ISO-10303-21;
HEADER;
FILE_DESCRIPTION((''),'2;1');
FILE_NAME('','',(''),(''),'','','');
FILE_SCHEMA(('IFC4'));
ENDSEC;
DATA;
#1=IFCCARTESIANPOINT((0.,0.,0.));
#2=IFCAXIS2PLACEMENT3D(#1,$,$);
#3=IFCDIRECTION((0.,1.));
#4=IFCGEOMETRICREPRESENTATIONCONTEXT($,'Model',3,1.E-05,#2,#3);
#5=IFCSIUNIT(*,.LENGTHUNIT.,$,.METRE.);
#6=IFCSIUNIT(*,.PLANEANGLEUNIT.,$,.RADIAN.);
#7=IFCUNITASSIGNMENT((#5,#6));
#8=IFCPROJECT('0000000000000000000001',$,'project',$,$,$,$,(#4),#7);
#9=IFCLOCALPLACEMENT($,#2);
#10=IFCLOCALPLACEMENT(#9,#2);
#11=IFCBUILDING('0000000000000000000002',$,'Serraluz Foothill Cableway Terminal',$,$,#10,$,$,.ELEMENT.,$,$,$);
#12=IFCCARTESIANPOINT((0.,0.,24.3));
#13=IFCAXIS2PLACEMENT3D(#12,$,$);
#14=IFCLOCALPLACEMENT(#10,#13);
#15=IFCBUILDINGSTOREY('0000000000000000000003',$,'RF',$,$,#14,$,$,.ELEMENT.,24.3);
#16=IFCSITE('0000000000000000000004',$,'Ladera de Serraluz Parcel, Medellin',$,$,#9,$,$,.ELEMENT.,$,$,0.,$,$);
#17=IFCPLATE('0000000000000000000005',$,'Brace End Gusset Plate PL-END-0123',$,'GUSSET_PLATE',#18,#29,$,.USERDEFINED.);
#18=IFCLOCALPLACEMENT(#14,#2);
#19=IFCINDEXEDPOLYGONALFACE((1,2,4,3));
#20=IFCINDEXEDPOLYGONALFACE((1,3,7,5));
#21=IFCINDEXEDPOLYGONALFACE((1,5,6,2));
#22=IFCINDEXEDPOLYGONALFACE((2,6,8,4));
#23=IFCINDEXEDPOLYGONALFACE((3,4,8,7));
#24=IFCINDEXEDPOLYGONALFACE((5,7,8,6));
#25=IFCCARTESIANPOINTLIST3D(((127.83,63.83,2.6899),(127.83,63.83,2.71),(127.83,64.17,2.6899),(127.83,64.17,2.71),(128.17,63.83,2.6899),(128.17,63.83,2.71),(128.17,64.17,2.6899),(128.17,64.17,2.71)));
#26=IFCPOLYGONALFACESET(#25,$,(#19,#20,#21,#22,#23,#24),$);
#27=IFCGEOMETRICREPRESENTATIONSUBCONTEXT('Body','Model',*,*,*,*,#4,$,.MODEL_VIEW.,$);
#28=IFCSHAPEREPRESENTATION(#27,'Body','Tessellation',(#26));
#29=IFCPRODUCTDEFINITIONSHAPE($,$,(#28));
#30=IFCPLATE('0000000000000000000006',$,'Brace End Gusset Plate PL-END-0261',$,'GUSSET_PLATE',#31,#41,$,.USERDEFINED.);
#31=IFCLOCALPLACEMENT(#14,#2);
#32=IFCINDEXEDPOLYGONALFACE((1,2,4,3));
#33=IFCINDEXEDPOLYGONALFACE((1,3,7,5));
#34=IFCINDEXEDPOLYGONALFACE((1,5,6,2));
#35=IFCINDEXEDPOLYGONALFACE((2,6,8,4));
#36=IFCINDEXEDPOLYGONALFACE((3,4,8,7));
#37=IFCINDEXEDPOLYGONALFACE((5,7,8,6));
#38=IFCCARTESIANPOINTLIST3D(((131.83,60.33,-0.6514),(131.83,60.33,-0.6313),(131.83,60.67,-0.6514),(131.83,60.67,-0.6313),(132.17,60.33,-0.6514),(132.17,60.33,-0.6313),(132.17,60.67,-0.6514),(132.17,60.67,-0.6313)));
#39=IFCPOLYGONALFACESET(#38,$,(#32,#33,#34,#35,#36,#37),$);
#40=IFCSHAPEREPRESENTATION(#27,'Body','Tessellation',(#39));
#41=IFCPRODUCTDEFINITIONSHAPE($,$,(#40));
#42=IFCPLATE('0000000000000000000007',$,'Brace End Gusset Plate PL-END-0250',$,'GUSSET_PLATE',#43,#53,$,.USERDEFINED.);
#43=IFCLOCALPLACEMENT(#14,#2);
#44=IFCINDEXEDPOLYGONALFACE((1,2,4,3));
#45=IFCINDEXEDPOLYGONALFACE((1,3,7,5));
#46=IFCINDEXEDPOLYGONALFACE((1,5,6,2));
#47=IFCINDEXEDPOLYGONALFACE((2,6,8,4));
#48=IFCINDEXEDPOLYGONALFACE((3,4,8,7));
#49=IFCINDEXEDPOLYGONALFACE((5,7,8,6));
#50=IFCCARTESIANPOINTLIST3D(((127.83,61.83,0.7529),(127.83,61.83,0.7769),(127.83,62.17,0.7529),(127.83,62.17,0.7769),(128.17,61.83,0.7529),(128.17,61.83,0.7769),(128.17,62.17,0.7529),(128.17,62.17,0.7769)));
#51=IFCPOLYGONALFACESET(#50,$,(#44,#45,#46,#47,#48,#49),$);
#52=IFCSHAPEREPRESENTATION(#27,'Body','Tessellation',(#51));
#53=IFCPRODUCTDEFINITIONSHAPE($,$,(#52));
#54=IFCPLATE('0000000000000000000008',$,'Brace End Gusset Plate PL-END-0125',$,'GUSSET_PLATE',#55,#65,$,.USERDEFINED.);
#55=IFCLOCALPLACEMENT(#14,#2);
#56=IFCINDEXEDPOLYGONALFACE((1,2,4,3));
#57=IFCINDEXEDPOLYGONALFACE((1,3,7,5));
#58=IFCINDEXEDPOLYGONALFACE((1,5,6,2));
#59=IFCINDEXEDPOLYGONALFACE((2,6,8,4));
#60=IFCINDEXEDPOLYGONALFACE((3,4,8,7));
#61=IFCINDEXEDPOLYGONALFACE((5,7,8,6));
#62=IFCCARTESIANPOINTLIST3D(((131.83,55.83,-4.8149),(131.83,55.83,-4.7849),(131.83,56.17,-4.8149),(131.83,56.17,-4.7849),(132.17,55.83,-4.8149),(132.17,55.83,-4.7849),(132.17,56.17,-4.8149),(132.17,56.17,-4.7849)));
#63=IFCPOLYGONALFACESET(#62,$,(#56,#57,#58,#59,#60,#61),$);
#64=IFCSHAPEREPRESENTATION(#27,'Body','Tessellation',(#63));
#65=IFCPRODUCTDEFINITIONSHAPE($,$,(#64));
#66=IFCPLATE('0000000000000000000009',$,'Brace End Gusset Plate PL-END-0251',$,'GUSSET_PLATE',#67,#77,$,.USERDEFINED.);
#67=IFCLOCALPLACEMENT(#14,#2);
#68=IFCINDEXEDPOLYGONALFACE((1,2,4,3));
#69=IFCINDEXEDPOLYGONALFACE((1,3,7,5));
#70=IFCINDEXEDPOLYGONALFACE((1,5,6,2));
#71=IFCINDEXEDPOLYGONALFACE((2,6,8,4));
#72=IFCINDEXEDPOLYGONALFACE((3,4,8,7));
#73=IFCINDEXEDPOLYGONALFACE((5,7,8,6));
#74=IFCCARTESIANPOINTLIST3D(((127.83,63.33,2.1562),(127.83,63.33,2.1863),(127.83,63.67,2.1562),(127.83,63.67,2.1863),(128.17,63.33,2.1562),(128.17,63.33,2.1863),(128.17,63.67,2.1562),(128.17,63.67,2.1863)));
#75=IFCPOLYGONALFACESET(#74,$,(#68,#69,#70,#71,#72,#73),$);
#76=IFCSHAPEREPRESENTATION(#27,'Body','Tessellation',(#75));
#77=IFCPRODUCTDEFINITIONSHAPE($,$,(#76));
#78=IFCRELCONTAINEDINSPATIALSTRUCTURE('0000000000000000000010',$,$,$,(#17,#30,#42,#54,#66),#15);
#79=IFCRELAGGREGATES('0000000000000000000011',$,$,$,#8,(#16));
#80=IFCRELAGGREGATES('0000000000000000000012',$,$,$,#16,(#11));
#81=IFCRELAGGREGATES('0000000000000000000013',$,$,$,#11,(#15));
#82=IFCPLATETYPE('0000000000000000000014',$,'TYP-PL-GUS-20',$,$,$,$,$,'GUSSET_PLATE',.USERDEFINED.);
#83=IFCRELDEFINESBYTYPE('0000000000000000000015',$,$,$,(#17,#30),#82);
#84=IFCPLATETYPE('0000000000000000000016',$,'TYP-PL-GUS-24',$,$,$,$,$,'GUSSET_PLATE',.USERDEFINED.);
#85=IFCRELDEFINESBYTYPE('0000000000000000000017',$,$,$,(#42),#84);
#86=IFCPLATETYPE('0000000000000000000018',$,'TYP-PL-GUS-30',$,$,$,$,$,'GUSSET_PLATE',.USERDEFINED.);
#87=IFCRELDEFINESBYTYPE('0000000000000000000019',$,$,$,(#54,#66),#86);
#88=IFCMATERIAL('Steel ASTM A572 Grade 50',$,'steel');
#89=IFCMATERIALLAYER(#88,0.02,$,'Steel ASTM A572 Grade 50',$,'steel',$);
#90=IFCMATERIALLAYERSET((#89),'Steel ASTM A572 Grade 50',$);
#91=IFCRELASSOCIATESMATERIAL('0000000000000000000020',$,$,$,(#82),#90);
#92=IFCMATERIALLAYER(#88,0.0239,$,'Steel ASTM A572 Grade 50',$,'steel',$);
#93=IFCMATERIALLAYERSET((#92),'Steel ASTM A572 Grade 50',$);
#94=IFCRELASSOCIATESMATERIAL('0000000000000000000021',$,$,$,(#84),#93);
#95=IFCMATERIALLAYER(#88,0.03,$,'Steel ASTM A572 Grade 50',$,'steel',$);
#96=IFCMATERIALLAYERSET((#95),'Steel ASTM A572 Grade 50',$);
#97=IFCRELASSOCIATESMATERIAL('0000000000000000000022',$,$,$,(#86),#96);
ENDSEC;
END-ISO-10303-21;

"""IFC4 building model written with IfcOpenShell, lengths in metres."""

from ifc_helpers import new_model, si_unit, direction, frame, origin, origin_2d, place, context, subcontext, project, spatial, rectangle, extrude, material, layer, layer_set, type_object, element, save


model = new_model("IFC4")

# Units and contexts
model_context = context("Model", 3, precision=1e-05, world=origin(), true_north=direction((0.0, 1.0)))
body_context = subcontext(model_context, "Body", "Model", "MODEL_VIEW")
ifc_project = project(units=[si_unit("LENGTHUNIT", "METRE"), si_unit("PLANEANGLEUNIT", "RADIAN")], contexts=[model_context])

# Site, building, storey
site_placement = place(None, origin())
site = spatial("IfcSite", under=ifc_project, at=site_placement, Name="Ladera de Serraluz Parcel, Medellin", CompositionType="ELEMENT", RefElevation=0.0)
building_placement = place(site_placement, origin())
building = spatial("IfcBuilding", under=site, at=building_placement, Name="Serraluz Foothill Cableway Terminal", CompositionType="ELEMENT")
storey_placement = place(building_placement, frame((0.0, 0.0, 24.3)))
storey = spatial("IfcBuildingStorey", under=building, at=storey_placement, Name="RF", CompositionType="ELEMENT", Elevation=24.3)

# Shared definitions
ifc_material_1 = material(Name="Steel ASTM A572 Grade 50", Category="steel")

# Plates
ifc_layer_1 = layer(ifc_material_1, 0.02, Name="Steel ASTM A572 Grade 50", Category="steel")
ifc_layer_set_1 = layer_set([ifc_layer_1], Name="Steel ASTM A572 Grade 50")
plate_type_1 = type_object("IfcPlateType", Name="TYP-PL-GUS-20", ElementType="GUSSET_PLATE", PredefinedType="USERDEFINED", material=ifc_layer_set_1)
for number, where, z_axis, x_axis, name in (
    (1, (128.0, 64.0, 2.6899), (0.0, 0.0, 1.0), (1.0, 0.0, 0.0), "Brace End Gusset Plate PL-END-0123"),
    (2, (132.0, 60.5, -0.6514), (0.0, 0.0, 1.0), (1.0, 0.0, 0.0), "Brace End Gusset Plate PL-END-0261"),
):
    element("IfcPlate", number, at=place(storey_placement, frame(where, z_axis=z_axis, x_axis=x_axis)), inside=storey, type_object=plate_type_1, Name=name, ObjectType="GUSSET_PLATE", PredefinedType="USERDEFINED", context=body_context, shape_type="SweptSolid", body=[
        extrude(rectangle(XDim=0.3401, YDim=0.3401, at=origin_2d()), origin(), (0.0, 0.0, 1.0), 0.02),
    ])
ifc_layer_2 = layer(ifc_material_1, 0.0239, Name="Steel ASTM A572 Grade 50", Category="steel")
ifc_layer_set_2 = layer_set([ifc_layer_2], Name="Steel ASTM A572 Grade 50")
plate_type_2 = type_object("IfcPlateType", Name="TYP-PL-GUS-24", ElementType="GUSSET_PLATE", PredefinedType="USERDEFINED", material=ifc_layer_set_2)
plate_placement = place(storey_placement, frame((128.0, 62.0, 0.7529), z_axis=(0.0, 0.0, 1.0), x_axis=(1.0, 0.0, 0.0)))
element("IfcPlate", 3, at=plate_placement, inside=storey, type_object=plate_type_2, Name="Brace End Gusset Plate PL-END-0250", ObjectType="GUSSET_PLATE", PredefinedType="USERDEFINED", context=body_context, shape_type="SweptSolid", body=[
    extrude(rectangle(XDim=0.3401, YDim=0.3401, at=origin_2d()), origin(), (0.0, 0.0, 1.0), 0.0239),
])
ifc_layer_3 = layer(ifc_material_1, 0.03, Name="Steel ASTM A572 Grade 50", Category="steel")
ifc_layer_set_3 = layer_set([ifc_layer_3], Name="Steel ASTM A572 Grade 50")
plate_type_3 = type_object("IfcPlateType", Name="TYP-PL-GUS-30", ElementType="GUSSET_PLATE", PredefinedType="USERDEFINED", material=ifc_layer_set_3)
for number, where, z_axis, x_axis, name in (
    (4, (132.0, 56.0, -4.8149), (0.0, 0.0, 1.0), (1.0, 0.0, 0.0), "Brace End Gusset Plate PL-END-0125"),
    (5, (128.0, 63.5, 2.1562), (0.0, 0.0, 1.0), (1.0, 0.0, 0.0), "Brace End Gusset Plate PL-END-0251"),
):
    element("IfcPlate", number, at=place(storey_placement, frame(where, z_axis=z_axis, x_axis=x_axis)), inside=storey, type_object=plate_type_3, Name=name, ObjectType="GUSSET_PLATE", PredefinedType="USERDEFINED", context=body_context, shape_type="SweptSolid", body=[
        extrude(rectangle(XDim=0.3401, YDim=0.3401, at=origin_2d()), origin(), (0.0, 0.0, 1.0), 0.03),
    ])

save(model, "model.ifc")
